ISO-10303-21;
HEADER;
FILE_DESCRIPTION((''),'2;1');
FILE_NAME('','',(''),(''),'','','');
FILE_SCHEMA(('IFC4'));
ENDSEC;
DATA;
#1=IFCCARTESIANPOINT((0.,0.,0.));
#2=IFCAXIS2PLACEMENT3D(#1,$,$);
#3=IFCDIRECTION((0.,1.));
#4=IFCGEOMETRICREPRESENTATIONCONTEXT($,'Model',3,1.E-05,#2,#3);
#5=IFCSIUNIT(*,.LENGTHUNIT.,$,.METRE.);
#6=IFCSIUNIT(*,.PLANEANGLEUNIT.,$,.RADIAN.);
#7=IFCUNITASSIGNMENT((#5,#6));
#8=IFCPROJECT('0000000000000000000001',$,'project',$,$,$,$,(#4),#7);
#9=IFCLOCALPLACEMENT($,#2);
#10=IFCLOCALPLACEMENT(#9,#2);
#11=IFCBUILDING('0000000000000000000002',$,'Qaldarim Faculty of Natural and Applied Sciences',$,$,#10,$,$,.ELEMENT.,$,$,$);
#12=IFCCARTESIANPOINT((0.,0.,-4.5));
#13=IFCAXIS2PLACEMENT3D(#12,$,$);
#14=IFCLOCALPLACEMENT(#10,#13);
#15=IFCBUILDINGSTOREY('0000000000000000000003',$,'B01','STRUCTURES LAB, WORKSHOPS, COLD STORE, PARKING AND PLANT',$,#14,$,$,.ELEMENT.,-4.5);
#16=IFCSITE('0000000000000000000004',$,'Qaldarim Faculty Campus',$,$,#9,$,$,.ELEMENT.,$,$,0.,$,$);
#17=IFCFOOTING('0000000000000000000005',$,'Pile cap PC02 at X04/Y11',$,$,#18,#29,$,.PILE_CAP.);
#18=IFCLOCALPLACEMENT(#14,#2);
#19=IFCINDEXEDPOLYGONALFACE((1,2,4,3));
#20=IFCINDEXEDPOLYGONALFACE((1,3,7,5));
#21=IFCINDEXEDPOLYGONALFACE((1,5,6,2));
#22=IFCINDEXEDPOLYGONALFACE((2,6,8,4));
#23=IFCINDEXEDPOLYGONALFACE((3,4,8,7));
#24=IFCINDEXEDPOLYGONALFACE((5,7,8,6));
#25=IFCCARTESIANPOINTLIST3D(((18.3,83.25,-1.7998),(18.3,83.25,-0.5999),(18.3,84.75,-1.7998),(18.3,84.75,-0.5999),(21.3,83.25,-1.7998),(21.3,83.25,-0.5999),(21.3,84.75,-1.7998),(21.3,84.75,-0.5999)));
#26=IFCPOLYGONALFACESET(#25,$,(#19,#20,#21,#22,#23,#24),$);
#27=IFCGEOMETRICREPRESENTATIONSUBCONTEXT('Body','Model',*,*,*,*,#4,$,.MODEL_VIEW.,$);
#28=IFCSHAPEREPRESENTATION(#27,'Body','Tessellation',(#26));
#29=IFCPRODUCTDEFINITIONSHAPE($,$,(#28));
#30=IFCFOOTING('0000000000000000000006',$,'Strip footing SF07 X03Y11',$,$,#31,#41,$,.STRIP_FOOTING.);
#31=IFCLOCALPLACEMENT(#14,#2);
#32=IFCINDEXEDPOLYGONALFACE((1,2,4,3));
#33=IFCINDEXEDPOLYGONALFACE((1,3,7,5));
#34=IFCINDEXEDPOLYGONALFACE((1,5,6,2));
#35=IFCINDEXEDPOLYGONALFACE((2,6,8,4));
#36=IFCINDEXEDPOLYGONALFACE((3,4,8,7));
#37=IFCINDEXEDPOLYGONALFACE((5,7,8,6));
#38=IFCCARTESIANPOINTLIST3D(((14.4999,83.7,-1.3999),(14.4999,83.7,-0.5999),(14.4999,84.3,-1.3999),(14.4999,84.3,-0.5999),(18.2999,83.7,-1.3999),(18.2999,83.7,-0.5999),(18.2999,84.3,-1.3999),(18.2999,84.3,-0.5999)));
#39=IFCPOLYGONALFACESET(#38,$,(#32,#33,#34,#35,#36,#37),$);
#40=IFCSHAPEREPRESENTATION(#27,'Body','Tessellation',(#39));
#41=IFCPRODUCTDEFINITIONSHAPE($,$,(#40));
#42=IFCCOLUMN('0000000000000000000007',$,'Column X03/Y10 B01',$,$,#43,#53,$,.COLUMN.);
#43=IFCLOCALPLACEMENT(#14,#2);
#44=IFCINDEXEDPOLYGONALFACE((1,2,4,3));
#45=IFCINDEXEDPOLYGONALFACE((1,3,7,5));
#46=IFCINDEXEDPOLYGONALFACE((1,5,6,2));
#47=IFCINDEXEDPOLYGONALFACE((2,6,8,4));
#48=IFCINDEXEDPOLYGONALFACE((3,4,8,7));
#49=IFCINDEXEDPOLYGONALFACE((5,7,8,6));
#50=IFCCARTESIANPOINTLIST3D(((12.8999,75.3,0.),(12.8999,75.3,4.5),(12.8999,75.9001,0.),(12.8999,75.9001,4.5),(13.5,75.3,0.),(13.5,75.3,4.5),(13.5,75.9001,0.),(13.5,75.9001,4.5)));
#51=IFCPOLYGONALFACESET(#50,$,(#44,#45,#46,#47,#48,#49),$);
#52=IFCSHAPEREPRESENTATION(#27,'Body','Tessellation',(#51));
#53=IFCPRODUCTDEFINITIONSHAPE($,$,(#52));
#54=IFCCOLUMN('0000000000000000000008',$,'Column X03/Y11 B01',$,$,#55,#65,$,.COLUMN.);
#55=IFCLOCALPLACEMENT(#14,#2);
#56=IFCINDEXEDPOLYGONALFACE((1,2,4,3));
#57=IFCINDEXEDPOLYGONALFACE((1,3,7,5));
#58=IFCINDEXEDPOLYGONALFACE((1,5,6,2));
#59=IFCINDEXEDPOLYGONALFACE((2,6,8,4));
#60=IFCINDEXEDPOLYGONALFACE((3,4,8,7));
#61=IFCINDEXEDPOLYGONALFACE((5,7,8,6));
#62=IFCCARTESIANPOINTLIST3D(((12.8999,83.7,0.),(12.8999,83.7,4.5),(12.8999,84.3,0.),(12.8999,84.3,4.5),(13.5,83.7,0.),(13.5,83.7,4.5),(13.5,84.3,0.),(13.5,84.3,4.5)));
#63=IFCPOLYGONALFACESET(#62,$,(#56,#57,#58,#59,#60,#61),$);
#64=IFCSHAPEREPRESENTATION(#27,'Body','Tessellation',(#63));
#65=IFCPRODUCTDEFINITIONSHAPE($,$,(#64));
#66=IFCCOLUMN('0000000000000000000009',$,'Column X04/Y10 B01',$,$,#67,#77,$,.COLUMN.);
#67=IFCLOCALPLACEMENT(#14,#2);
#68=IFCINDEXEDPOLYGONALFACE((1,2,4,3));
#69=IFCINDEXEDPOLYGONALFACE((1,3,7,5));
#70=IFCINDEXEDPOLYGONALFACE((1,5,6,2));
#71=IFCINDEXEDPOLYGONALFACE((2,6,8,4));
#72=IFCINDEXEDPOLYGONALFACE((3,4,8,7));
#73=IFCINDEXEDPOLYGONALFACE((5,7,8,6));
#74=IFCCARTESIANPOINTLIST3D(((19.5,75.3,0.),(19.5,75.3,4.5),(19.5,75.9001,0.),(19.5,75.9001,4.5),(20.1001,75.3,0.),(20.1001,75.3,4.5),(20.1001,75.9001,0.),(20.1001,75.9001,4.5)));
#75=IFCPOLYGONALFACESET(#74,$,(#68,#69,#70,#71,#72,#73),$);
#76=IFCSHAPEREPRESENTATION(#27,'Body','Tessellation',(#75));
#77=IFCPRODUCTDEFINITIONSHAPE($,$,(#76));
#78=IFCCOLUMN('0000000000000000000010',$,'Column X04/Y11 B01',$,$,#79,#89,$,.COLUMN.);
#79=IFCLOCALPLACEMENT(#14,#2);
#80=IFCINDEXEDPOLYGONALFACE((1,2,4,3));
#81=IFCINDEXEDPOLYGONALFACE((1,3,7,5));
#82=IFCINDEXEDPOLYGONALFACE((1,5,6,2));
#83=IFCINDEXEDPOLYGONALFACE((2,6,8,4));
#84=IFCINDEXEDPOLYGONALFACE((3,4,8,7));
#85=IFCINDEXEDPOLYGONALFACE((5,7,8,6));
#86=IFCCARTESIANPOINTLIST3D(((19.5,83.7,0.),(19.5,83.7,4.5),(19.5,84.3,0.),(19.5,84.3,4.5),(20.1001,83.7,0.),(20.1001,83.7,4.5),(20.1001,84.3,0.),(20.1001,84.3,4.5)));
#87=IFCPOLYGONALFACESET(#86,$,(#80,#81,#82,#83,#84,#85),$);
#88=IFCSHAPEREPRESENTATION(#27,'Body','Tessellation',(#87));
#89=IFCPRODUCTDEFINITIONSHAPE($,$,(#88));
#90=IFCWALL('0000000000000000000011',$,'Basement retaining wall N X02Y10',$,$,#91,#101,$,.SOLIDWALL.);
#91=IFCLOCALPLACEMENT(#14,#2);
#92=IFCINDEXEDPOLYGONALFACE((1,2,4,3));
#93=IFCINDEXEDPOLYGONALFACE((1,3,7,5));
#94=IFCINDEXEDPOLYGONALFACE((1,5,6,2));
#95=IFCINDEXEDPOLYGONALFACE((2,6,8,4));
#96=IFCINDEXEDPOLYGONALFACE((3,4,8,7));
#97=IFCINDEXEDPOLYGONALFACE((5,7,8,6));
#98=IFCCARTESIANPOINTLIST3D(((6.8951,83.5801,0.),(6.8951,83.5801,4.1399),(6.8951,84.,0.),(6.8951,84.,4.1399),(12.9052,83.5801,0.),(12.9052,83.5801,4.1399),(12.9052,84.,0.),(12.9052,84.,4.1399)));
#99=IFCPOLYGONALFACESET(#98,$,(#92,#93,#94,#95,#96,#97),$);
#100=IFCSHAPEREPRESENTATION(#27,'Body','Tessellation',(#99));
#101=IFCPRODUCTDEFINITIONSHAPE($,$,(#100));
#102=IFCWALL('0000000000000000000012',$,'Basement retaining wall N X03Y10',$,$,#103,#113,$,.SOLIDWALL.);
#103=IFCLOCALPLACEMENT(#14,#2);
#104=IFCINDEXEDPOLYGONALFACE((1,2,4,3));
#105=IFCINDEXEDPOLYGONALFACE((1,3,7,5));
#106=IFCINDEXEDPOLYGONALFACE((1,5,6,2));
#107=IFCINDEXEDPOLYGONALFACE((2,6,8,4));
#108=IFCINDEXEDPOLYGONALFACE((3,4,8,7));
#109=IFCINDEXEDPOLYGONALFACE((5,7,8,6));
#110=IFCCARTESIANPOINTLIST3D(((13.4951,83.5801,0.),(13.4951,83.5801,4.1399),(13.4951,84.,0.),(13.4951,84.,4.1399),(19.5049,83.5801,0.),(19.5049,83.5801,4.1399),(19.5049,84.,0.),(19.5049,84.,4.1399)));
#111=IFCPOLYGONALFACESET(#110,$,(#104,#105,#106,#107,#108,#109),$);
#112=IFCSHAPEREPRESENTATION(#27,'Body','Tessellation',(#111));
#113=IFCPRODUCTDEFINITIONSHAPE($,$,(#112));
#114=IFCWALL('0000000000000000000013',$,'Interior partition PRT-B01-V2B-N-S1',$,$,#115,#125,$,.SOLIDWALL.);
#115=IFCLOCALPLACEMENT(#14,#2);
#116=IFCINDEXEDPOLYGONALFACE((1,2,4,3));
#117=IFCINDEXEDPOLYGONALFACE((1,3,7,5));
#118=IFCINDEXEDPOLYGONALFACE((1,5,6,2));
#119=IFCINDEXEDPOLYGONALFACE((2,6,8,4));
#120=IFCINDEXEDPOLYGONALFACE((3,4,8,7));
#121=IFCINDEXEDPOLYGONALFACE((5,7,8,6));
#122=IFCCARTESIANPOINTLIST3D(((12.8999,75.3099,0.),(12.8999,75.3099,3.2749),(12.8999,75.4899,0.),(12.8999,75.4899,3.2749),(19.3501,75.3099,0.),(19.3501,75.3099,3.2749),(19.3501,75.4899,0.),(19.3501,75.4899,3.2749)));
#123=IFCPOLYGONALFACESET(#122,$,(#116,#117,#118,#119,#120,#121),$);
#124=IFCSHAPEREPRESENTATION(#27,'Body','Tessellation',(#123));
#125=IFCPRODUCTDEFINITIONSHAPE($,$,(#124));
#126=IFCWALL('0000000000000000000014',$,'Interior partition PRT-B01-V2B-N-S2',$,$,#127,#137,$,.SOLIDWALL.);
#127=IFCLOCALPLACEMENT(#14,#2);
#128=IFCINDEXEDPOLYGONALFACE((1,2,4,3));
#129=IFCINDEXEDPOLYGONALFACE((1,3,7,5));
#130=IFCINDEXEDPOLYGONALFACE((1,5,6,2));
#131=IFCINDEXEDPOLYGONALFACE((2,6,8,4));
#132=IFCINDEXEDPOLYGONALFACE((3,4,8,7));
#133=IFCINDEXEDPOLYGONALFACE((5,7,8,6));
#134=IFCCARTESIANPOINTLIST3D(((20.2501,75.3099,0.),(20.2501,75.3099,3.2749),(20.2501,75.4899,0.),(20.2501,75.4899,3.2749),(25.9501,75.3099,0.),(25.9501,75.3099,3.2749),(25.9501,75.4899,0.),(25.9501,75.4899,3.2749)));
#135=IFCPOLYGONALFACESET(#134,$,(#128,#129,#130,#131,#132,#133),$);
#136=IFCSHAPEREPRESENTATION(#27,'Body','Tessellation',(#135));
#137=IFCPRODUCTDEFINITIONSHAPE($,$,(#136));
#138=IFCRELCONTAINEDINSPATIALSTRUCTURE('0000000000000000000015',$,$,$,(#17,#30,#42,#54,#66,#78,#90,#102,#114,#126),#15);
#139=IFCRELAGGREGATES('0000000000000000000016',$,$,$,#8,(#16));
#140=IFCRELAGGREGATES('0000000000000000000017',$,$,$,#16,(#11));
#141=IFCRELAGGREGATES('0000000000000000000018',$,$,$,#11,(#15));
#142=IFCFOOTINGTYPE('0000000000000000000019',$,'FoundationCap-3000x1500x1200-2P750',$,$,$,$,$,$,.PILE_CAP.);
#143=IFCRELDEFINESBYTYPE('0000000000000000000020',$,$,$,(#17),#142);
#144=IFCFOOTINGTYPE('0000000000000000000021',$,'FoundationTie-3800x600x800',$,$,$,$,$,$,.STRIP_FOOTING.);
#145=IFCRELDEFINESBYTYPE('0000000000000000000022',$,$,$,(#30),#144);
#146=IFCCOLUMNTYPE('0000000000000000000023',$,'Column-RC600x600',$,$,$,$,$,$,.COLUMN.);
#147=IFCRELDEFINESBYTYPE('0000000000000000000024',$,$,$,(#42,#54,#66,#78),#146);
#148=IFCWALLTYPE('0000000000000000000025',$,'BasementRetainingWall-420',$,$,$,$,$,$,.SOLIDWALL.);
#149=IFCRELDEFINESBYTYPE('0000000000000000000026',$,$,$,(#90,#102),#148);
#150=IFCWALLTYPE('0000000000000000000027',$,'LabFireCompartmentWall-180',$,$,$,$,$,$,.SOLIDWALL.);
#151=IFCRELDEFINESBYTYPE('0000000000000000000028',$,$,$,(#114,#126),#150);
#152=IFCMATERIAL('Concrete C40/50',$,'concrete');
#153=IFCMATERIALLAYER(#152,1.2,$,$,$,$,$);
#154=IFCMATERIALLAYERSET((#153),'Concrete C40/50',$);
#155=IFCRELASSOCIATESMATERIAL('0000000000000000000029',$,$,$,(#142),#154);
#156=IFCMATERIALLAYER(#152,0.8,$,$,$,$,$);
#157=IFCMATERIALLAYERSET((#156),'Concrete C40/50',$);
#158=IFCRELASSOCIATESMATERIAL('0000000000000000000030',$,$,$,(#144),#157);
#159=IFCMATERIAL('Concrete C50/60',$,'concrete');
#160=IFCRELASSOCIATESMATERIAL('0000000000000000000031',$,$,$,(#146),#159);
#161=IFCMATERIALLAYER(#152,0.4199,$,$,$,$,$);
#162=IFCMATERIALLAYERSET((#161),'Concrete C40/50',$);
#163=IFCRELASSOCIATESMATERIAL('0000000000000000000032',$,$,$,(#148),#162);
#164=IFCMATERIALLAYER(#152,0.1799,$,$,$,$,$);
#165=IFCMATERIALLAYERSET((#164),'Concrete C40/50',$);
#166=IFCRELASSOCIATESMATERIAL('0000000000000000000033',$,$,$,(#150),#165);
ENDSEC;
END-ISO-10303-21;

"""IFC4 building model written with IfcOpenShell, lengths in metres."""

from ifc_helpers import new_model, si_unit, direction, frame, frame_2d, origin, origin_2d, place, context, subcontext, project, spatial, rectangle, extrude, material, layer, layer_set, material_profile, profile_set, type_object, element, save


model = new_model("IFC4")

# Units and contexts
model_context = context("Model", 3, precision=1e-05, world=origin(), true_north=direction((0.0, 1.0)))
body_context = subcontext(model_context, "Body", "Model", "MODEL_VIEW")
ifc_project = project(units=[si_unit("LENGTHUNIT", "METRE"), si_unit("PLANEANGLEUNIT", "RADIAN")], contexts=[model_context])

# Site, building, storey
site_placement = place(None, origin())
site = spatial("IfcSite", under=ifc_project, at=site_placement, Name="Qaldarim Faculty Campus", CompositionType="ELEMENT", RefElevation=0.0)
building_placement = place(site_placement, origin())
building = spatial("IfcBuilding", under=site, at=building_placement, Name="Qaldarim Faculty of Natural and Applied Sciences", CompositionType="ELEMENT")
storey_placement = place(building_placement, frame((0.0, 0.0, -4.5)))
storey = spatial("IfcBuildingStorey", under=building, at=storey_placement, Name="B01", Description="STRUCTURES LAB, WORKSHOPS, COLD STORE, PARKING AND PLANT", CompositionType="ELEMENT", Elevation=-4.5)

# Shared definitions
ifc_material_1 = material(Name="Concrete C40/50", Category="concrete")

# Footings
ifc_layer_1 = layer(ifc_material_1, 1.2)
ifc_layer_set_1 = layer_set([ifc_layer_1], Name="Concrete C40/50")
footing_type_1 = type_object("IfcFootingType", Name="FoundationCap-3000x1500x1200-2P750", PredefinedType="PILE_CAP", material=ifc_layer_set_1)
footing_1_placement = place(storey_placement, frame((19.8, 84.0, -1.7998), z_axis=(0.0, 0.0, 1.0), x_axis=(1.0, 0.0, 0.0)))
element("IfcFooting", 1, at=footing_1_placement, inside=storey, type_object=footing_type_1, Name="Pile cap PC02 at X04/Y11", PredefinedType="PILE_CAP", context=body_context, shape_type="SweptSolid", body=[
    extrude(rectangle(XDim=3.0, YDim=1.5, at=origin_2d()), origin(), (0.0, 0.0, 1.0), 1.2),
])
ifc_layer_2 = layer(ifc_material_1, 0.8)
ifc_layer_set_2 = layer_set([ifc_layer_2], Name="Concrete C40/50")
footing_type_2 = type_object("IfcFootingType", Name="FoundationTie-3800x600x800", PredefinedType="STRIP_FOOTING", material=ifc_layer_set_2)
footing_2_placement = place(storey_placement, frame((16.3999, 84.0, -1.3999), z_axis=(0.0, 0.0, 1.0), x_axis=(1.0, 0.0, 0.0)))
element("IfcFooting", 2, at=footing_2_placement, inside=storey, type_object=footing_type_2, Name="Strip footing SF07 X03Y11", PredefinedType="STRIP_FOOTING", context=body_context, shape_type="SweptSolid", body=[
    extrude(rectangle(XDim=3.8, YDim=0.6001, at=origin_2d()), origin(), (0.0, 0.0, 1.0), 0.8),
])

# Columns
ifc_material_2 = material(Name="Concrete C50/60", Category="concrete")
ifc_material_profile_1 = material_profile(ifc_material_2, rectangle(XDim=0.6001, YDim=0.6001, at=origin_2d()), Name="RC-C600x600")
ifc_profile_set_1 = profile_set([ifc_material_profile_1], Name="Concrete C50/60")
column_type = type_object("IfcColumnType", Name="Column-RC600x600", PredefinedType="COLUMN", material=ifc_profile_set_1)
for number, where, z_axis, x_axis, name in (
    (3, (13.2, 75.6001, 0.0), (0.0, 0.0, 1.0), (1.0, 0.0, 0.0), "Column X03/Y10 B01"),
    (4, (13.2, 84.0, 0.0), (0.0, 0.0, 1.0), (1.0, 0.0, 0.0), "Column X03/Y11 B01"),
    (5, (19.8, 75.6001, 0.0), (0.0, 0.0, 1.0), (1.0, 0.0, 0.0), "Column X04/Y10 B01"),
    (6, (19.8, 84.0, 0.0), (0.0, 0.0, 1.0), (1.0, 0.0, 0.0), "Column X04/Y11 B01"),
):
    element("IfcColumn", number, at=place(storey_placement, frame(where, z_axis=z_axis, x_axis=x_axis)), inside=storey, type_object=column_type, Name=name, PredefinedType="COLUMN", context=body_context, shape_type="SweptSolid", body=[
        extrude(rectangle(XDim=0.6001, YDim=0.6001, at=origin_2d()), origin(), (0.0, 0.0, 1.0), 4.5),
    ])

# Walls
ifc_layer_3 = layer(ifc_material_1, 0.4199)
ifc_layer_set_3 = layer_set([ifc_layer_3], Name="Concrete C40/50")
wall_type_1 = type_object("IfcWallType", Name="BasementRetainingWall-420", PredefinedType="SOLIDWALL", material=ifc_layer_set_3)
wall_1_placement = place(storey_placement, frame((12.905, 83.79, 0.0), z_axis=(0.0, 0.0, 1.0), x_axis=(-1.0, 0.0, 0.0)))
element("IfcWall", 7, at=wall_1_placement, inside=storey, type_object=wall_type_1, Name="Basement retaining wall N X02Y10", PredefinedType="SOLIDWALL", context=body_context, shape_type="SweptSolid", body=[
    extrude(rectangle(XDim=6.01, YDim=0.4199, at=frame_2d((3.0049, 0.0))), origin(), (0.0, 0.0, 1.0), 4.1399),
])
wall_2_placement = place(storey_placement, frame((19.5049, 83.79, 0.0), z_axis=(0.0, 0.0, 1.0), x_axis=(-1.0, 0.0, 0.0)))
element("IfcWall", 8, at=wall_2_placement, inside=storey, type_object=wall_type_1, Name="Basement retaining wall N X03Y10", PredefinedType="SOLIDWALL", context=body_context, shape_type="SweptSolid", body=[
    extrude(rectangle(XDim=6.0098, YDim=0.4199, at=frame_2d((3.0049, 0.0))), origin(), (0.0, 0.0, 1.0), 4.1399),
])
ifc_layer_4 = layer(ifc_material_1, 0.1799)
ifc_layer_set_4 = layer_set([ifc_layer_4], Name="Concrete C40/50")
wall_type_2 = type_object("IfcWallType", Name="LabFireCompartmentWall-180", PredefinedType="SOLIDWALL", material=ifc_layer_set_4)
wall_3_placement = place(storey_placement, frame((12.8999, 75.3999, 0.0), z_axis=(0.0, 0.0, 1.0), x_axis=(1.0, 0.0, 0.0)))
element("IfcWall", 9, at=wall_3_placement, inside=storey, type_object=wall_type_2, Name="Interior partition PRT-B01-V2B-N-S1", PredefinedType="SOLIDWALL", context=body_context, shape_type="SweptSolid", body=[
    extrude(rectangle(XDim=6.4502, YDim=0.1799, at=frame_2d((3.2251, 0.0))), origin(), (0.0, 0.0, 1.0), 3.2749),
])
wall_4_placement = place(storey_placement, frame((20.25, 75.3999, 0.0), z_axis=(0.0, 0.0, 1.0), x_axis=(1.0, 0.0, 0.0)))
element("IfcWall", 10, at=wall_4_placement, inside=storey, type_object=wall_type_2, Name="Interior partition PRT-B01-V2B-N-S2", PredefinedType="SOLIDWALL", context=body_context, shape_type="SweptSolid", body=[
    extrude(rectangle(XDim=5.7, YDim=0.1799, at=frame_2d((2.8501, 0.0))), origin(), (0.0, 0.0, 1.0), 3.2749),
])

save(model, "model.ifc")
